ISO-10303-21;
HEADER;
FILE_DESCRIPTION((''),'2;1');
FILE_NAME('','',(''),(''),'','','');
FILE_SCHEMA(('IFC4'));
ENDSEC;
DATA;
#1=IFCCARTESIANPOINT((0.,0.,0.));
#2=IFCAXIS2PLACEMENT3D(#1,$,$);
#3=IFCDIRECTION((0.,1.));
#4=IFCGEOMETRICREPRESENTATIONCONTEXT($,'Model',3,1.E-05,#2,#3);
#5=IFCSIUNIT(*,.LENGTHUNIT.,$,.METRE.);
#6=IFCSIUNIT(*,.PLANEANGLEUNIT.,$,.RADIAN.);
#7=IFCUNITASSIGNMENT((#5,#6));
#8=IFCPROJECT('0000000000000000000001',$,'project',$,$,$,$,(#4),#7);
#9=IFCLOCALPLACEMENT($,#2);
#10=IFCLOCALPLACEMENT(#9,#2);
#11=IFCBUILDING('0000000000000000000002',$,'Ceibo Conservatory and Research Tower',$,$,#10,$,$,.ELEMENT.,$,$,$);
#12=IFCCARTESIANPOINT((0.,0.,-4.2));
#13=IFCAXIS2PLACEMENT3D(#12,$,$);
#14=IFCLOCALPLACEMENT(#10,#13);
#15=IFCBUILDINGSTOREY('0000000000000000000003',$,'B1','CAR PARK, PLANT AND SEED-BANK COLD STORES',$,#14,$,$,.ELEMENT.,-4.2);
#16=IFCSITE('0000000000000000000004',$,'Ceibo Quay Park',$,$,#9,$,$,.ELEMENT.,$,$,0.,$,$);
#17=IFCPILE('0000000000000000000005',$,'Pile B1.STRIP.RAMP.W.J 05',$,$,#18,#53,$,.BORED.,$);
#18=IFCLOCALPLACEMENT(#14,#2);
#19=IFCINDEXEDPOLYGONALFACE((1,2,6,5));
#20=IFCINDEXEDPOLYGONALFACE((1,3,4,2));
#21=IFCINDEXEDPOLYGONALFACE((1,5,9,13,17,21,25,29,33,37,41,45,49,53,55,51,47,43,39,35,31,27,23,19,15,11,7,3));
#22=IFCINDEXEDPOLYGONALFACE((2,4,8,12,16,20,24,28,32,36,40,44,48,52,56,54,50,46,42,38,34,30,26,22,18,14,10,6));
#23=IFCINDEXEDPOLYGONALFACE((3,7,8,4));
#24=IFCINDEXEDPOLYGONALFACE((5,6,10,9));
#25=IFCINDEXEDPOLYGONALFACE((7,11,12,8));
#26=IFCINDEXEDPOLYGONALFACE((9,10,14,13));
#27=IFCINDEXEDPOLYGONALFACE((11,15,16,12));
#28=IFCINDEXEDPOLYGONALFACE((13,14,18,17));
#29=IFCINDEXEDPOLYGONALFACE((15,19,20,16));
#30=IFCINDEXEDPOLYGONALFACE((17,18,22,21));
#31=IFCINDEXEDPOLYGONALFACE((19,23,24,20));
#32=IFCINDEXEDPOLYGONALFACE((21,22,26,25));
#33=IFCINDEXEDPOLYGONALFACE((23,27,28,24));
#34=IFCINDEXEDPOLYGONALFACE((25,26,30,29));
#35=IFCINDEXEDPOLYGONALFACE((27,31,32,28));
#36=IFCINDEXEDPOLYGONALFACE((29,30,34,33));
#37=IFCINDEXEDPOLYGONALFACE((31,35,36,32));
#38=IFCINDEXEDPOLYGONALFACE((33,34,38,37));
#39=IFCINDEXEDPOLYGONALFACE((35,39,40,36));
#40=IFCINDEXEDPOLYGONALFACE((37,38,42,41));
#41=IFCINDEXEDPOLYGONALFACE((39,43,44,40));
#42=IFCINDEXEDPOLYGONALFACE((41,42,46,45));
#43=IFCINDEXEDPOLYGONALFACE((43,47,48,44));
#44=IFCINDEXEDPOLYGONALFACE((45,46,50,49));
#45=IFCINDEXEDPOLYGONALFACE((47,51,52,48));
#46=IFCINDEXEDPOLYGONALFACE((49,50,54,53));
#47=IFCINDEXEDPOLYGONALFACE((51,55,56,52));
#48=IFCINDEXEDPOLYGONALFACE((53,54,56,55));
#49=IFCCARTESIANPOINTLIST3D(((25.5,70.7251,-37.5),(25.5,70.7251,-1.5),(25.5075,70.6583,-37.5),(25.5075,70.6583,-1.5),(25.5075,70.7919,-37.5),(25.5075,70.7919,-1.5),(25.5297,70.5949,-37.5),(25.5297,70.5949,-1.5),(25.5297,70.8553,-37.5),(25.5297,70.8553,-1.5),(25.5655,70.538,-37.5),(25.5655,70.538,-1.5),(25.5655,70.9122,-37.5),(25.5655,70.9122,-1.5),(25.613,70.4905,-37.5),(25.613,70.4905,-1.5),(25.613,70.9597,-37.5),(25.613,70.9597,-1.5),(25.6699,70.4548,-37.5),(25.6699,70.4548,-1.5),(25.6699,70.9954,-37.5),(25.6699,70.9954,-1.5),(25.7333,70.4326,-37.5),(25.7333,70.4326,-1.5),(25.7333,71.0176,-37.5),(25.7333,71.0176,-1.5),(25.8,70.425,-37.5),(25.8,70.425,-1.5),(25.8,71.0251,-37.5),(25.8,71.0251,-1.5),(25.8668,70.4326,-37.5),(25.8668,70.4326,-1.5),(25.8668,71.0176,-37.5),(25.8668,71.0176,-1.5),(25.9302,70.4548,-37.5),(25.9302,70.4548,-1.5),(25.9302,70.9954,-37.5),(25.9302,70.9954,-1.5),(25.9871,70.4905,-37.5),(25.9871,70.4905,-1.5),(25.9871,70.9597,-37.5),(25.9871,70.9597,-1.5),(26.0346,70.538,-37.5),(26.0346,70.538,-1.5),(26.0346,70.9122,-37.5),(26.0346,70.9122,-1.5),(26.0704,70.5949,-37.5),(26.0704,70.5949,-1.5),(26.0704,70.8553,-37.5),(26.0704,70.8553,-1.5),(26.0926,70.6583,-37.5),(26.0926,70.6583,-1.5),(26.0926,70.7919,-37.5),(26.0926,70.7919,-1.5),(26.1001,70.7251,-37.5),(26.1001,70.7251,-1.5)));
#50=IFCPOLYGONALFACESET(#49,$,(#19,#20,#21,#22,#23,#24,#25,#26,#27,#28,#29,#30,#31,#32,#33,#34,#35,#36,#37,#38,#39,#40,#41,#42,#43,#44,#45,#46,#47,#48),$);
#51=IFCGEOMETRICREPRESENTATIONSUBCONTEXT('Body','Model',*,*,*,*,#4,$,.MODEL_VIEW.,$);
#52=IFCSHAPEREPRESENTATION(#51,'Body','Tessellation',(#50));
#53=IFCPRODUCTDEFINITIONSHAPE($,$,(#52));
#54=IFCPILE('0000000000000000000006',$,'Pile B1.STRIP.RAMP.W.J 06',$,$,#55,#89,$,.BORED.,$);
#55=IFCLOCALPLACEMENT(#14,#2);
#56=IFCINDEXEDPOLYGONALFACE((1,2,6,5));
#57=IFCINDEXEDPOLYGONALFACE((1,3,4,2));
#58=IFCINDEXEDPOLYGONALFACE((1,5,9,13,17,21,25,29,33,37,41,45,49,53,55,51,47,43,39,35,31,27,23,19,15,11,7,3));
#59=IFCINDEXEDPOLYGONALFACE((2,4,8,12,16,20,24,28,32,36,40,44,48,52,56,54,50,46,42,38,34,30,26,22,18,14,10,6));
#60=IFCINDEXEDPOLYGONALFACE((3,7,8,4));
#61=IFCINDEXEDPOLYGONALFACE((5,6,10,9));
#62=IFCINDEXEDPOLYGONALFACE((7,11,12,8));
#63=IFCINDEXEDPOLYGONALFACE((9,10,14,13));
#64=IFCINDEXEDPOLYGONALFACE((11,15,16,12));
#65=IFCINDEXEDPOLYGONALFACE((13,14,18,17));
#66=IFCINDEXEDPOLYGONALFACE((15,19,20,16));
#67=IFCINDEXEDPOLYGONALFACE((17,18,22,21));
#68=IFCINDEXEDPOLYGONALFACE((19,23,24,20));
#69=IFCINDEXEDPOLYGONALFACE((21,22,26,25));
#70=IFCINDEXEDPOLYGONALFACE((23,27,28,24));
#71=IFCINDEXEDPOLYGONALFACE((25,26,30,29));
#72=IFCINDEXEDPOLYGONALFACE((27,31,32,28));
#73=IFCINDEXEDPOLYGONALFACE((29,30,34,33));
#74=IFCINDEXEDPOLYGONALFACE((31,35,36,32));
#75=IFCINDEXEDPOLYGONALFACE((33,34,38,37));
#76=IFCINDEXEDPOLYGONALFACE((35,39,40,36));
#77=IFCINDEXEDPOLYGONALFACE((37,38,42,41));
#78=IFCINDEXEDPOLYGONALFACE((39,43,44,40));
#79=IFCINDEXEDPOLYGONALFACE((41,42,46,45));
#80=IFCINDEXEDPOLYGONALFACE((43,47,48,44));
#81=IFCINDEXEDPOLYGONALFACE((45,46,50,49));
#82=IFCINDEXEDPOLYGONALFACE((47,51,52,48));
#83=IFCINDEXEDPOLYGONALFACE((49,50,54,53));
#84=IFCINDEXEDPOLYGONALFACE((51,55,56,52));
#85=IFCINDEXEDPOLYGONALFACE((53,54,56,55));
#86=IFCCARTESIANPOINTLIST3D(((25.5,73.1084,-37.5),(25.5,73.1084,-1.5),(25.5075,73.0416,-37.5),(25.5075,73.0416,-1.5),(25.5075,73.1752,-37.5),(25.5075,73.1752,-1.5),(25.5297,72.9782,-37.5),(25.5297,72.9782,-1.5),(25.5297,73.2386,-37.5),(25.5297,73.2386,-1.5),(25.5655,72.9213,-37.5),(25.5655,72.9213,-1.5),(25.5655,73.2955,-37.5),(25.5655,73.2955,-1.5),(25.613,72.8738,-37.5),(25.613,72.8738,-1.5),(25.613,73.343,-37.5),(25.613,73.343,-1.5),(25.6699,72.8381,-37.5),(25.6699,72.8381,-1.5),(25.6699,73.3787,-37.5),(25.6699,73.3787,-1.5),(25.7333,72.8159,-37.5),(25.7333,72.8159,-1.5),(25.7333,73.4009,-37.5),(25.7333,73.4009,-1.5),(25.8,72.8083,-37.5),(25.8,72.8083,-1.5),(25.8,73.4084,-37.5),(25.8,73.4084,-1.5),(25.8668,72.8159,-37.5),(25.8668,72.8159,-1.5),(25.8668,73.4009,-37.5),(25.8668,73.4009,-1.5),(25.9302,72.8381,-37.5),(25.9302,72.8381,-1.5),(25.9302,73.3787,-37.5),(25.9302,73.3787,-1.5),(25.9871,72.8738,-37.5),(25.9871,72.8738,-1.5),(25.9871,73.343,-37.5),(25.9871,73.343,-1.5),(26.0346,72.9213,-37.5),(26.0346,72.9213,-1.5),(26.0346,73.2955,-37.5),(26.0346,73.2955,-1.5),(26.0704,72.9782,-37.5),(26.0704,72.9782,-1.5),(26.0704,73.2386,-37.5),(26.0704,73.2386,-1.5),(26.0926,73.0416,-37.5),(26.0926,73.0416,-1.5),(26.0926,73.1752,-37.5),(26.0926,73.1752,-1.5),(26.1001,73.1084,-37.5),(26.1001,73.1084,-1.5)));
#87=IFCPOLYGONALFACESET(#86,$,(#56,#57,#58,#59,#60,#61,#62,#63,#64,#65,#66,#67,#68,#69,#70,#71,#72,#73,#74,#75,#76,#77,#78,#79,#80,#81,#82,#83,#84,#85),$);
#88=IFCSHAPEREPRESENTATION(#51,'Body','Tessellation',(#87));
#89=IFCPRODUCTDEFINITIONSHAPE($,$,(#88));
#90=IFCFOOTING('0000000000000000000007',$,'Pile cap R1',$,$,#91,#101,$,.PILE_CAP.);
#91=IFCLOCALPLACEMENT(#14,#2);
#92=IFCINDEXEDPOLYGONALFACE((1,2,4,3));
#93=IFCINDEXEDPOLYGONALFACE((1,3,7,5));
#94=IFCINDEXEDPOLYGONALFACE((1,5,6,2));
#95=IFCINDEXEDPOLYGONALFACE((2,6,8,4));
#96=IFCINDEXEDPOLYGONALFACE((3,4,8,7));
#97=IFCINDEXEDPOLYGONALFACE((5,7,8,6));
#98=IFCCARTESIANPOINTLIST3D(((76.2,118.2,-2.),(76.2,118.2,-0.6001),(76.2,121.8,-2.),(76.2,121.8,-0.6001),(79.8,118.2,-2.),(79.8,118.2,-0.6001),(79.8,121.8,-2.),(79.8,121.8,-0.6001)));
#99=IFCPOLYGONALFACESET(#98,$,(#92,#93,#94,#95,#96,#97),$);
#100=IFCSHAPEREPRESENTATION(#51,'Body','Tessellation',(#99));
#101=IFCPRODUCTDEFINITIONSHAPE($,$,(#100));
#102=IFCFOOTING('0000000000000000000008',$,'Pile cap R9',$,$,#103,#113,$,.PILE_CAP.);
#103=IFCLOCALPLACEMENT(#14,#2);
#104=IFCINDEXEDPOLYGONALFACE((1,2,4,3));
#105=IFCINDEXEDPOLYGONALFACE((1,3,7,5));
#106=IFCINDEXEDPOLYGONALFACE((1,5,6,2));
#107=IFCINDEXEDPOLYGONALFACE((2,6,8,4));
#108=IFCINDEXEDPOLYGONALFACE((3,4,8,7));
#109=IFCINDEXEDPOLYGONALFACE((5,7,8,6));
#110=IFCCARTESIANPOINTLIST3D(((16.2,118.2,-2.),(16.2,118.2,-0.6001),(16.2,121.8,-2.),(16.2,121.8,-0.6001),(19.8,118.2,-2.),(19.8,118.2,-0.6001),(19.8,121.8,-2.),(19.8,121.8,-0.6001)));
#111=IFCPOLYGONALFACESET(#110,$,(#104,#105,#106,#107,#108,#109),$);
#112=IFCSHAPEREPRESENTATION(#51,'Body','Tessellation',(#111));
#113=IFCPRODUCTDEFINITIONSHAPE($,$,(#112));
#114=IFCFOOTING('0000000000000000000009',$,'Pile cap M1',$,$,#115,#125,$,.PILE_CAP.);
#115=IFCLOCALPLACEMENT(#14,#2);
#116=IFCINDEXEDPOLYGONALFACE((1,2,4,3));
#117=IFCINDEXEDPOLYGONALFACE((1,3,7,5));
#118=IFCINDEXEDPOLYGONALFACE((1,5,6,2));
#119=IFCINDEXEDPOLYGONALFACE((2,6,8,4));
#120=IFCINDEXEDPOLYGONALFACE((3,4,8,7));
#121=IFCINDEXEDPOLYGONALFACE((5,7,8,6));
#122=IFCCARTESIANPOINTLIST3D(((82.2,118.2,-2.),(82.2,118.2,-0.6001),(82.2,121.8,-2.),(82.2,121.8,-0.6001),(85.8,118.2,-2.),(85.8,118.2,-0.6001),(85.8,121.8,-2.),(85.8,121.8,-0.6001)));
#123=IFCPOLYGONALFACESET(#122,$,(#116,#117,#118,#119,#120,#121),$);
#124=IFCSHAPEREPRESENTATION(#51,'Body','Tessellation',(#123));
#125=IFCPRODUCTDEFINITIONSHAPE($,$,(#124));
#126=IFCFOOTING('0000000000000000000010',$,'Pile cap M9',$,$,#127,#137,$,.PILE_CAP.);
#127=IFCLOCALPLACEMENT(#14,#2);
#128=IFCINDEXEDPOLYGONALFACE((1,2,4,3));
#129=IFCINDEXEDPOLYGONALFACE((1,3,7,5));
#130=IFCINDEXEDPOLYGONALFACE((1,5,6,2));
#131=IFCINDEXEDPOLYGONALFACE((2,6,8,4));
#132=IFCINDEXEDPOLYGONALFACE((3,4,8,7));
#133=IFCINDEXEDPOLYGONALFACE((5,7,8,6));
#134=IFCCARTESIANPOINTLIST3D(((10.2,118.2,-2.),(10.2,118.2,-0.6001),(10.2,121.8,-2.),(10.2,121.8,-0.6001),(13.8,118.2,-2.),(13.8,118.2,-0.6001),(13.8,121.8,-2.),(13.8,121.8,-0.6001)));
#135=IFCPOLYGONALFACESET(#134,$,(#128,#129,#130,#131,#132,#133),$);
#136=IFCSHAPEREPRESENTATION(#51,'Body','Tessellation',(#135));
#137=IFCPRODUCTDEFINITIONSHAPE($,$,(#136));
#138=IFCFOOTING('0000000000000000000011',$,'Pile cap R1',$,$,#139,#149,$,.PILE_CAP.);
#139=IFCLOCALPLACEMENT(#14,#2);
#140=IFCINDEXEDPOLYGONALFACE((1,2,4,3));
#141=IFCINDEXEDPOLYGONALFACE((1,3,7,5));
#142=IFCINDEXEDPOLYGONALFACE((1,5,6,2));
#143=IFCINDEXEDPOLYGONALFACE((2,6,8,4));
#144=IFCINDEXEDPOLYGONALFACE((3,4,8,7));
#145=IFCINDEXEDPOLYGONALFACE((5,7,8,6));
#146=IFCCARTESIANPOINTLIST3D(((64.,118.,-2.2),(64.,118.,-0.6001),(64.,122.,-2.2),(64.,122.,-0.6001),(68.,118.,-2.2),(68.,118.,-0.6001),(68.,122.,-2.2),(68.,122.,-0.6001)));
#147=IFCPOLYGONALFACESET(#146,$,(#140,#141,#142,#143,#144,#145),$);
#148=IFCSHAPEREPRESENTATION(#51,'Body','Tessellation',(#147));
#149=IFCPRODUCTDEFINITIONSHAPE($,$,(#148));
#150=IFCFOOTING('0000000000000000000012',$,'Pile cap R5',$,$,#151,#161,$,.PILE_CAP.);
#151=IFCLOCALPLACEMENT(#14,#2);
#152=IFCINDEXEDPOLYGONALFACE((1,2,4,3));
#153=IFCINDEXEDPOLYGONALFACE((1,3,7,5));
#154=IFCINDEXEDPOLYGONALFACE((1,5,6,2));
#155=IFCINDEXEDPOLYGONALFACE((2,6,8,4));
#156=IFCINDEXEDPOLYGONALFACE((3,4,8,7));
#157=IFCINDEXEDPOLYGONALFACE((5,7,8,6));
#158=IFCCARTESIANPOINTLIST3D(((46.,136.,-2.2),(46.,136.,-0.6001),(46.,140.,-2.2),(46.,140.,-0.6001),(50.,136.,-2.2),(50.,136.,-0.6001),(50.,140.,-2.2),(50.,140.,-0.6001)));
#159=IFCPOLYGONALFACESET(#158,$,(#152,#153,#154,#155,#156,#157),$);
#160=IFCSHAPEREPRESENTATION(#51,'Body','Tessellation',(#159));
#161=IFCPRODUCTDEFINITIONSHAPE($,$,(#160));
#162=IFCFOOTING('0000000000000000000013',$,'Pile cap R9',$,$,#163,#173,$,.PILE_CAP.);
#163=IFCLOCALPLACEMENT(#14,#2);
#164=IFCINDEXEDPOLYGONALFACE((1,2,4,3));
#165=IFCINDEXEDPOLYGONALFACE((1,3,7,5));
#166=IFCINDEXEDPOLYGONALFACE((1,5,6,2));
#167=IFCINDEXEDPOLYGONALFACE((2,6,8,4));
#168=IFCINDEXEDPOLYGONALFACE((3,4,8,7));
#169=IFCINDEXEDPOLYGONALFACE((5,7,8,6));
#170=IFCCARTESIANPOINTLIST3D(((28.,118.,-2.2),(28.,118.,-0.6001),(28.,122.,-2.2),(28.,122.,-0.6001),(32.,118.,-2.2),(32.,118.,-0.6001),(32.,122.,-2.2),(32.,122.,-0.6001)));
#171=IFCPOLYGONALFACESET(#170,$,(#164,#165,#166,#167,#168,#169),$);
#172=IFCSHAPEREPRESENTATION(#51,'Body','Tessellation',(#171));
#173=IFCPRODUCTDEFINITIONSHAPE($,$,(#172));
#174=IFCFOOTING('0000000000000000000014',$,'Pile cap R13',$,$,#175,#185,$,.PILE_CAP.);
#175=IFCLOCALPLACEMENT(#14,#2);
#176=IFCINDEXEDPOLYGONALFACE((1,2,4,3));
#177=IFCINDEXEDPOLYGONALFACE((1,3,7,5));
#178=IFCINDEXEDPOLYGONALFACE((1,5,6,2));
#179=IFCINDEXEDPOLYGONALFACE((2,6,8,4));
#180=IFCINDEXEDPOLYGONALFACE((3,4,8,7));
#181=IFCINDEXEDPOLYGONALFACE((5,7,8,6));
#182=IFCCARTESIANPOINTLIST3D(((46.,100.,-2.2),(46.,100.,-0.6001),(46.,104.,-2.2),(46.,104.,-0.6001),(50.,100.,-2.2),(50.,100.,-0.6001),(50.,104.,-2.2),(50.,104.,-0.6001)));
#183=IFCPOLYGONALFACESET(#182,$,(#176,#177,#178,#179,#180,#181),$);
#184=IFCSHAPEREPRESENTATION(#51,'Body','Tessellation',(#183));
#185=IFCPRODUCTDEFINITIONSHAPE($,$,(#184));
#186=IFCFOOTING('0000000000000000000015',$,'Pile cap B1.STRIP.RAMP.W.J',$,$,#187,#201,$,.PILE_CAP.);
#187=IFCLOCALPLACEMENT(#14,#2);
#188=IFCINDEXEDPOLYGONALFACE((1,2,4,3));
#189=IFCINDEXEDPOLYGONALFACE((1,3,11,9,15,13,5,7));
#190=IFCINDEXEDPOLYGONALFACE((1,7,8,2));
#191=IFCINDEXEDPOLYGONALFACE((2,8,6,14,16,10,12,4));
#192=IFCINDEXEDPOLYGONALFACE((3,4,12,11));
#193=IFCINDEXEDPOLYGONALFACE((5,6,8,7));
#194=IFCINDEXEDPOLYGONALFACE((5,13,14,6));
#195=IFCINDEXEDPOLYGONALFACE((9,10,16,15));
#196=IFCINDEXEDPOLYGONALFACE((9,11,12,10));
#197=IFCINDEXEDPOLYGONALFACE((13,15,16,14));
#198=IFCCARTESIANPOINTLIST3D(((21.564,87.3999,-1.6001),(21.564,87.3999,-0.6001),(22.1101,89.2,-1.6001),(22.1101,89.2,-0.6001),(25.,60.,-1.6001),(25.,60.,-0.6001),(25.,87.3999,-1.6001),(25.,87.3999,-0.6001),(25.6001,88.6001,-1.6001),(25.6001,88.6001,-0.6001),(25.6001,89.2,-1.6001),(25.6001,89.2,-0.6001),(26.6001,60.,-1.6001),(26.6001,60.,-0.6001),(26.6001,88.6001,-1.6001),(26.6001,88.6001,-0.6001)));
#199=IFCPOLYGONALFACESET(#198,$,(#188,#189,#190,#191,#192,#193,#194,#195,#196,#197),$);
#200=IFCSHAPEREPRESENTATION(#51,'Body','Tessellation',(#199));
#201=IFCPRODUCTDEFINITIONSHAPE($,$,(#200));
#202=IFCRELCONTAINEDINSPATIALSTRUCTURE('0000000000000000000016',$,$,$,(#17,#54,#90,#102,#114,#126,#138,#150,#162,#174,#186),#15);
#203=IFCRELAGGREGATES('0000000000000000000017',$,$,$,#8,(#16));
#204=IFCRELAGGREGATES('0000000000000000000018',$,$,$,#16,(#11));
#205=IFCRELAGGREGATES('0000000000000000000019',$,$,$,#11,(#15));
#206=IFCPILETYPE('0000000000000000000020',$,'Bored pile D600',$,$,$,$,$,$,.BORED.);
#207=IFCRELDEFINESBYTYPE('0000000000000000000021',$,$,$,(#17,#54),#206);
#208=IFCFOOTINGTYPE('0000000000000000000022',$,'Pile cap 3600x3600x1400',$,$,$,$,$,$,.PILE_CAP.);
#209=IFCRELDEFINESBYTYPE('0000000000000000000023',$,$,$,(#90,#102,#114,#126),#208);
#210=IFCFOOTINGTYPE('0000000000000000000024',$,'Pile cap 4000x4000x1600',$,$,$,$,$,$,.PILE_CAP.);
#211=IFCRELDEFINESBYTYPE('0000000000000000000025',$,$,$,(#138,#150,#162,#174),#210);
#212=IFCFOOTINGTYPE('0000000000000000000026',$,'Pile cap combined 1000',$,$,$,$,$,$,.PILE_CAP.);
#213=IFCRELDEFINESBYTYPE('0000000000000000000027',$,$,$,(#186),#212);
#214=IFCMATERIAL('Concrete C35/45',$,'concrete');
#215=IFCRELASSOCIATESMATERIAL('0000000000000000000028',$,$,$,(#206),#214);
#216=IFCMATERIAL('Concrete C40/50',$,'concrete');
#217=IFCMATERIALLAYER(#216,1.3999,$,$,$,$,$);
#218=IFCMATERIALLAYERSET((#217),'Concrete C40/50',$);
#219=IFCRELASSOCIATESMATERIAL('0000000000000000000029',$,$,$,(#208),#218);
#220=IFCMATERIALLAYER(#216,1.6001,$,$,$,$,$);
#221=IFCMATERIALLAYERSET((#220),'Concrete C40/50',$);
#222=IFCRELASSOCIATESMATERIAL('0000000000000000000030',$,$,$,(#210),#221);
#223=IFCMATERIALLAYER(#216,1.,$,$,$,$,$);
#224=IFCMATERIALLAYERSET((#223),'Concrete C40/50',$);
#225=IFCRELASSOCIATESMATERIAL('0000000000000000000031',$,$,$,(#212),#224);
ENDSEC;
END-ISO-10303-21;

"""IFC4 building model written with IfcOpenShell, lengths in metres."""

from ifc_helpers import new_model, si_unit, direction, frame, origin, origin_2d, place, context, subcontext, project, spatial, polyline, circle, outline, extrude, material, layer, layer_set, material_profile, profile_set, type_object, element, save


model = new_model("IFC4")

# Units and contexts
model_context = context("Model", 3, precision=1e-05, world=origin(), true_north=direction((0.0, 1.0)))
body_context = subcontext(model_context, "Body", "Model", "MODEL_VIEW")
ifc_project = project(units=[si_unit("LENGTHUNIT", "METRE"), si_unit("PLANEANGLEUNIT", "RADIAN")], contexts=[model_context])

# Site, building, storey
site_placement = place(None, origin())
site = spatial("IfcSite", under=ifc_project, at=site_placement, Name="Ceibo Quay Park", CompositionType="ELEMENT", RefElevation=0.0)
building_placement = place(site_placement, origin())
building = spatial("IfcBuilding", under=site, at=building_placement, Name="Ceibo Conservatory and Research Tower", CompositionType="ELEMENT")
storey_placement = place(building_placement, frame((0.0, 0.0, -4.2)))
storey = spatial("IfcBuildingStorey", under=building, at=storey_placement, Name="B1", Description="CAR PARK, PLANT AND SEED-BANK COLD STORES", CompositionType="ELEMENT", Elevation=-4.2)

# Piles
ifc_material_1 = material(Name="Concrete C35/45", Category="concrete")
ifc_material_profile = material_profile(ifc_material_1, circle(Radius=0.3, at=origin_2d()), Name="RC D600")
ifc_profile_set = profile_set([ifc_material_profile], Name="Concrete C35/45")
pile_type = type_object("IfcPileType", Name="Bored pile D600", PredefinedType="BORED", material=ifc_profile_set)
for number, where, z_axis, x_axis, name in (
    (1, (25.8, 70.7251, -1.5), (0.0, 0.0, -1.0), (1.0, 0.0, 0.0), "Pile B1.STRIP.RAMP.W.J 05"),
    (2, (25.8, 73.1084, -1.5), (0.0, 0.0, -1.0), (1.0, 0.0, 0.0), "Pile B1.STRIP.RAMP.W.J 06"),
):
    element("IfcPile", number, at=place(storey_placement, frame(where, z_axis=z_axis, x_axis=x_axis)), inside=storey, type_object=pile_type, Name=name, PredefinedType="BORED", context=body_context, shape_type="SweptSolid", body=[
        extrude(circle(Radius=0.3, at=origin_2d()), origin(), (0.0, 0.0, 1.0), 36.0),
    ])

# Footings
ifc_material_2 = material(Name="Concrete C40/50", Category="concrete")
ifc_layer_1 = layer(ifc_material_2, 1.3999)
ifc_layer_set_1 = layer_set([ifc_layer_1], Name="Concrete C40/50")
footing_type_1 = type_object("IfcFootingType", Name="Pile cap 3600x3600x1400", PredefinedType="PILE_CAP", material=ifc_layer_set_1)
footing_1_placement = place(storey_placement, frame((0.0, 0.0, -2.0)))
element("IfcFooting", 3, at=footing_1_placement, inside=storey, type_object=footing_type_1, Name="Pile cap R1", PredefinedType="PILE_CAP", context=body_context, shape_type="SweptSolid", body=[
    extrude(outline(polyline([(76.2, 118.2), (79.8, 118.2), (79.8, 121.8), (76.2, 121.8), (76.2, 118.2)])), origin(), (0.0, 0.0, 1.0), 1.3999),
])
footing_2_placement = place(storey_placement, frame((0.0, 0.0, -2.0)))
element("IfcFooting", 4, at=footing_2_placement, inside=storey, type_object=footing_type_1, Name="Pile cap R9", PredefinedType="PILE_CAP", context=body_context, shape_type="SweptSolid", body=[
    extrude(outline(polyline([(19.8, 121.8), (16.2, 121.8), (16.2, 118.2), (19.8, 118.2), (19.8, 121.8)])), origin(), (0.0, 0.0, 1.0), 1.3999),
])
footing_3_placement = place(storey_placement, frame((0.0, 0.0, -2.0)))
element("IfcFooting", 5, at=footing_3_placement, inside=storey, type_object=footing_type_1, Name="Pile cap M1", PredefinedType="PILE_CAP", context=body_context, shape_type="SweptSolid", body=[
    extrude(outline(polyline([(82.2, 118.2), (85.8, 118.2), (85.8, 121.8), (82.2, 121.8), (82.2, 118.2)])), origin(), (0.0, 0.0, 1.0), 1.3999),
])
footing_4_placement = place(storey_placement, frame((0.0, 0.0, -2.0)))
element("IfcFooting", 6, at=footing_4_placement, inside=storey, type_object=footing_type_1, Name="Pile cap M9", PredefinedType="PILE_CAP", context=body_context, shape_type="SweptSolid", body=[
    extrude(outline(polyline([(13.8, 121.8), (10.2, 121.8), (10.2, 118.2), (13.8, 118.2), (13.8, 121.8)])), origin(), (0.0, 0.0, 1.0), 1.3999),
])
ifc_layer_2 = layer(ifc_material_2, 1.6001)
ifc_layer_set_2 = layer_set([ifc_layer_2], Name="Concrete C40/50")
footing_type_2 = type_object("IfcFootingType", Name="Pile cap 4000x4000x1600", PredefinedType="PILE_CAP", material=ifc_layer_set_2)
footing_5_placement = place(storey_placement, frame((0.0, 0.0, -2.2)))
element("IfcFooting", 7, at=footing_5_placement, inside=storey, type_object=footing_type_2, Name="Pile cap R1", PredefinedType="PILE_CAP", context=body_context, shape_type="SweptSolid", body=[
    extrude(outline(polyline([(64.0, 118.0), (68.0, 118.0), (68.0, 122.0), (64.0, 122.0), (64.0, 118.0)])), origin(), (0.0, 0.0, 1.0), 1.5999),
])
footing_6_placement = place(storey_placement, frame((0.0, 0.0, -2.2)))
element("IfcFooting", 8, at=footing_6_placement, inside=storey, type_object=footing_type_2, Name="Pile cap R5", PredefinedType="PILE_CAP", context=body_context, shape_type="SweptSolid", body=[
    extrude(outline(polyline([(50.0, 136.0), (50.0, 140.0), (46.0, 140.0), (46.0, 136.0), (50.0, 136.0)])), origin(), (0.0, 0.0, 1.0), 1.5999),
])
footing_7_placement = place(storey_placement, frame((0.0, 0.0, -2.2)))
element("IfcFooting", 9, at=footing_7_placement, inside=storey, type_object=footing_type_2, Name="Pile cap R9", PredefinedType="PILE_CAP", context=body_context, shape_type="SweptSolid", body=[
    extrude(outline(polyline([(32.0, 122.0), (28.0, 122.0), (28.0, 118.0), (32.0, 118.0), (32.0, 122.0)])), origin(), (0.0, 0.0, 1.0), 1.5999),
])
footing_8_placement = place(storey_placement, frame((0.0, 0.0, -2.2)))
element("IfcFooting", 10, at=footing_8_placement, inside=storey, type_object=footing_type_2, Name="Pile cap R13", PredefinedType="PILE_CAP", context=body_context, shape_type="SweptSolid", body=[
    extrude(outline(polyline([(46.0, 104.0), (46.0, 100.0), (50.0, 100.0), (50.0, 104.0), (46.0, 104.0)])), origin(), (0.0, 0.0, 1.0), 1.5999),
])
ifc_layer_3 = layer(ifc_material_2, 1.0)
ifc_layer_set_3 = layer_set([ifc_layer_3], Name="Concrete C40/50")
footing_type_3 = type_object("IfcFootingType", Name="Pile cap combined 1000", PredefinedType="PILE_CAP", material=ifc_layer_set_3)
footing_9_placement = place(storey_placement, frame((0.0, 0.0, -1.6001)))
element("IfcFooting", 11, at=footing_9_placement, inside=storey, type_object=footing_type_3, Name="Pile cap B1.STRIP.RAMP.W.J", PredefinedType="PILE_CAP", context=body_context, shape_type="SweptSolid", body=[
    extrude(outline(polyline([(26.6001, 88.6001), (25.6001, 88.6001), (25.6001, 89.2), (22.1101, 89.2), (21.564, 87.3999), (25.0, 87.3999), (25.0, 60.0), (26.6001, 60.0), (26.6001, 88.6001)])), origin(), (0.0, 0.0, 1.0), 1.0),
])

save(model, "model.ifc")
